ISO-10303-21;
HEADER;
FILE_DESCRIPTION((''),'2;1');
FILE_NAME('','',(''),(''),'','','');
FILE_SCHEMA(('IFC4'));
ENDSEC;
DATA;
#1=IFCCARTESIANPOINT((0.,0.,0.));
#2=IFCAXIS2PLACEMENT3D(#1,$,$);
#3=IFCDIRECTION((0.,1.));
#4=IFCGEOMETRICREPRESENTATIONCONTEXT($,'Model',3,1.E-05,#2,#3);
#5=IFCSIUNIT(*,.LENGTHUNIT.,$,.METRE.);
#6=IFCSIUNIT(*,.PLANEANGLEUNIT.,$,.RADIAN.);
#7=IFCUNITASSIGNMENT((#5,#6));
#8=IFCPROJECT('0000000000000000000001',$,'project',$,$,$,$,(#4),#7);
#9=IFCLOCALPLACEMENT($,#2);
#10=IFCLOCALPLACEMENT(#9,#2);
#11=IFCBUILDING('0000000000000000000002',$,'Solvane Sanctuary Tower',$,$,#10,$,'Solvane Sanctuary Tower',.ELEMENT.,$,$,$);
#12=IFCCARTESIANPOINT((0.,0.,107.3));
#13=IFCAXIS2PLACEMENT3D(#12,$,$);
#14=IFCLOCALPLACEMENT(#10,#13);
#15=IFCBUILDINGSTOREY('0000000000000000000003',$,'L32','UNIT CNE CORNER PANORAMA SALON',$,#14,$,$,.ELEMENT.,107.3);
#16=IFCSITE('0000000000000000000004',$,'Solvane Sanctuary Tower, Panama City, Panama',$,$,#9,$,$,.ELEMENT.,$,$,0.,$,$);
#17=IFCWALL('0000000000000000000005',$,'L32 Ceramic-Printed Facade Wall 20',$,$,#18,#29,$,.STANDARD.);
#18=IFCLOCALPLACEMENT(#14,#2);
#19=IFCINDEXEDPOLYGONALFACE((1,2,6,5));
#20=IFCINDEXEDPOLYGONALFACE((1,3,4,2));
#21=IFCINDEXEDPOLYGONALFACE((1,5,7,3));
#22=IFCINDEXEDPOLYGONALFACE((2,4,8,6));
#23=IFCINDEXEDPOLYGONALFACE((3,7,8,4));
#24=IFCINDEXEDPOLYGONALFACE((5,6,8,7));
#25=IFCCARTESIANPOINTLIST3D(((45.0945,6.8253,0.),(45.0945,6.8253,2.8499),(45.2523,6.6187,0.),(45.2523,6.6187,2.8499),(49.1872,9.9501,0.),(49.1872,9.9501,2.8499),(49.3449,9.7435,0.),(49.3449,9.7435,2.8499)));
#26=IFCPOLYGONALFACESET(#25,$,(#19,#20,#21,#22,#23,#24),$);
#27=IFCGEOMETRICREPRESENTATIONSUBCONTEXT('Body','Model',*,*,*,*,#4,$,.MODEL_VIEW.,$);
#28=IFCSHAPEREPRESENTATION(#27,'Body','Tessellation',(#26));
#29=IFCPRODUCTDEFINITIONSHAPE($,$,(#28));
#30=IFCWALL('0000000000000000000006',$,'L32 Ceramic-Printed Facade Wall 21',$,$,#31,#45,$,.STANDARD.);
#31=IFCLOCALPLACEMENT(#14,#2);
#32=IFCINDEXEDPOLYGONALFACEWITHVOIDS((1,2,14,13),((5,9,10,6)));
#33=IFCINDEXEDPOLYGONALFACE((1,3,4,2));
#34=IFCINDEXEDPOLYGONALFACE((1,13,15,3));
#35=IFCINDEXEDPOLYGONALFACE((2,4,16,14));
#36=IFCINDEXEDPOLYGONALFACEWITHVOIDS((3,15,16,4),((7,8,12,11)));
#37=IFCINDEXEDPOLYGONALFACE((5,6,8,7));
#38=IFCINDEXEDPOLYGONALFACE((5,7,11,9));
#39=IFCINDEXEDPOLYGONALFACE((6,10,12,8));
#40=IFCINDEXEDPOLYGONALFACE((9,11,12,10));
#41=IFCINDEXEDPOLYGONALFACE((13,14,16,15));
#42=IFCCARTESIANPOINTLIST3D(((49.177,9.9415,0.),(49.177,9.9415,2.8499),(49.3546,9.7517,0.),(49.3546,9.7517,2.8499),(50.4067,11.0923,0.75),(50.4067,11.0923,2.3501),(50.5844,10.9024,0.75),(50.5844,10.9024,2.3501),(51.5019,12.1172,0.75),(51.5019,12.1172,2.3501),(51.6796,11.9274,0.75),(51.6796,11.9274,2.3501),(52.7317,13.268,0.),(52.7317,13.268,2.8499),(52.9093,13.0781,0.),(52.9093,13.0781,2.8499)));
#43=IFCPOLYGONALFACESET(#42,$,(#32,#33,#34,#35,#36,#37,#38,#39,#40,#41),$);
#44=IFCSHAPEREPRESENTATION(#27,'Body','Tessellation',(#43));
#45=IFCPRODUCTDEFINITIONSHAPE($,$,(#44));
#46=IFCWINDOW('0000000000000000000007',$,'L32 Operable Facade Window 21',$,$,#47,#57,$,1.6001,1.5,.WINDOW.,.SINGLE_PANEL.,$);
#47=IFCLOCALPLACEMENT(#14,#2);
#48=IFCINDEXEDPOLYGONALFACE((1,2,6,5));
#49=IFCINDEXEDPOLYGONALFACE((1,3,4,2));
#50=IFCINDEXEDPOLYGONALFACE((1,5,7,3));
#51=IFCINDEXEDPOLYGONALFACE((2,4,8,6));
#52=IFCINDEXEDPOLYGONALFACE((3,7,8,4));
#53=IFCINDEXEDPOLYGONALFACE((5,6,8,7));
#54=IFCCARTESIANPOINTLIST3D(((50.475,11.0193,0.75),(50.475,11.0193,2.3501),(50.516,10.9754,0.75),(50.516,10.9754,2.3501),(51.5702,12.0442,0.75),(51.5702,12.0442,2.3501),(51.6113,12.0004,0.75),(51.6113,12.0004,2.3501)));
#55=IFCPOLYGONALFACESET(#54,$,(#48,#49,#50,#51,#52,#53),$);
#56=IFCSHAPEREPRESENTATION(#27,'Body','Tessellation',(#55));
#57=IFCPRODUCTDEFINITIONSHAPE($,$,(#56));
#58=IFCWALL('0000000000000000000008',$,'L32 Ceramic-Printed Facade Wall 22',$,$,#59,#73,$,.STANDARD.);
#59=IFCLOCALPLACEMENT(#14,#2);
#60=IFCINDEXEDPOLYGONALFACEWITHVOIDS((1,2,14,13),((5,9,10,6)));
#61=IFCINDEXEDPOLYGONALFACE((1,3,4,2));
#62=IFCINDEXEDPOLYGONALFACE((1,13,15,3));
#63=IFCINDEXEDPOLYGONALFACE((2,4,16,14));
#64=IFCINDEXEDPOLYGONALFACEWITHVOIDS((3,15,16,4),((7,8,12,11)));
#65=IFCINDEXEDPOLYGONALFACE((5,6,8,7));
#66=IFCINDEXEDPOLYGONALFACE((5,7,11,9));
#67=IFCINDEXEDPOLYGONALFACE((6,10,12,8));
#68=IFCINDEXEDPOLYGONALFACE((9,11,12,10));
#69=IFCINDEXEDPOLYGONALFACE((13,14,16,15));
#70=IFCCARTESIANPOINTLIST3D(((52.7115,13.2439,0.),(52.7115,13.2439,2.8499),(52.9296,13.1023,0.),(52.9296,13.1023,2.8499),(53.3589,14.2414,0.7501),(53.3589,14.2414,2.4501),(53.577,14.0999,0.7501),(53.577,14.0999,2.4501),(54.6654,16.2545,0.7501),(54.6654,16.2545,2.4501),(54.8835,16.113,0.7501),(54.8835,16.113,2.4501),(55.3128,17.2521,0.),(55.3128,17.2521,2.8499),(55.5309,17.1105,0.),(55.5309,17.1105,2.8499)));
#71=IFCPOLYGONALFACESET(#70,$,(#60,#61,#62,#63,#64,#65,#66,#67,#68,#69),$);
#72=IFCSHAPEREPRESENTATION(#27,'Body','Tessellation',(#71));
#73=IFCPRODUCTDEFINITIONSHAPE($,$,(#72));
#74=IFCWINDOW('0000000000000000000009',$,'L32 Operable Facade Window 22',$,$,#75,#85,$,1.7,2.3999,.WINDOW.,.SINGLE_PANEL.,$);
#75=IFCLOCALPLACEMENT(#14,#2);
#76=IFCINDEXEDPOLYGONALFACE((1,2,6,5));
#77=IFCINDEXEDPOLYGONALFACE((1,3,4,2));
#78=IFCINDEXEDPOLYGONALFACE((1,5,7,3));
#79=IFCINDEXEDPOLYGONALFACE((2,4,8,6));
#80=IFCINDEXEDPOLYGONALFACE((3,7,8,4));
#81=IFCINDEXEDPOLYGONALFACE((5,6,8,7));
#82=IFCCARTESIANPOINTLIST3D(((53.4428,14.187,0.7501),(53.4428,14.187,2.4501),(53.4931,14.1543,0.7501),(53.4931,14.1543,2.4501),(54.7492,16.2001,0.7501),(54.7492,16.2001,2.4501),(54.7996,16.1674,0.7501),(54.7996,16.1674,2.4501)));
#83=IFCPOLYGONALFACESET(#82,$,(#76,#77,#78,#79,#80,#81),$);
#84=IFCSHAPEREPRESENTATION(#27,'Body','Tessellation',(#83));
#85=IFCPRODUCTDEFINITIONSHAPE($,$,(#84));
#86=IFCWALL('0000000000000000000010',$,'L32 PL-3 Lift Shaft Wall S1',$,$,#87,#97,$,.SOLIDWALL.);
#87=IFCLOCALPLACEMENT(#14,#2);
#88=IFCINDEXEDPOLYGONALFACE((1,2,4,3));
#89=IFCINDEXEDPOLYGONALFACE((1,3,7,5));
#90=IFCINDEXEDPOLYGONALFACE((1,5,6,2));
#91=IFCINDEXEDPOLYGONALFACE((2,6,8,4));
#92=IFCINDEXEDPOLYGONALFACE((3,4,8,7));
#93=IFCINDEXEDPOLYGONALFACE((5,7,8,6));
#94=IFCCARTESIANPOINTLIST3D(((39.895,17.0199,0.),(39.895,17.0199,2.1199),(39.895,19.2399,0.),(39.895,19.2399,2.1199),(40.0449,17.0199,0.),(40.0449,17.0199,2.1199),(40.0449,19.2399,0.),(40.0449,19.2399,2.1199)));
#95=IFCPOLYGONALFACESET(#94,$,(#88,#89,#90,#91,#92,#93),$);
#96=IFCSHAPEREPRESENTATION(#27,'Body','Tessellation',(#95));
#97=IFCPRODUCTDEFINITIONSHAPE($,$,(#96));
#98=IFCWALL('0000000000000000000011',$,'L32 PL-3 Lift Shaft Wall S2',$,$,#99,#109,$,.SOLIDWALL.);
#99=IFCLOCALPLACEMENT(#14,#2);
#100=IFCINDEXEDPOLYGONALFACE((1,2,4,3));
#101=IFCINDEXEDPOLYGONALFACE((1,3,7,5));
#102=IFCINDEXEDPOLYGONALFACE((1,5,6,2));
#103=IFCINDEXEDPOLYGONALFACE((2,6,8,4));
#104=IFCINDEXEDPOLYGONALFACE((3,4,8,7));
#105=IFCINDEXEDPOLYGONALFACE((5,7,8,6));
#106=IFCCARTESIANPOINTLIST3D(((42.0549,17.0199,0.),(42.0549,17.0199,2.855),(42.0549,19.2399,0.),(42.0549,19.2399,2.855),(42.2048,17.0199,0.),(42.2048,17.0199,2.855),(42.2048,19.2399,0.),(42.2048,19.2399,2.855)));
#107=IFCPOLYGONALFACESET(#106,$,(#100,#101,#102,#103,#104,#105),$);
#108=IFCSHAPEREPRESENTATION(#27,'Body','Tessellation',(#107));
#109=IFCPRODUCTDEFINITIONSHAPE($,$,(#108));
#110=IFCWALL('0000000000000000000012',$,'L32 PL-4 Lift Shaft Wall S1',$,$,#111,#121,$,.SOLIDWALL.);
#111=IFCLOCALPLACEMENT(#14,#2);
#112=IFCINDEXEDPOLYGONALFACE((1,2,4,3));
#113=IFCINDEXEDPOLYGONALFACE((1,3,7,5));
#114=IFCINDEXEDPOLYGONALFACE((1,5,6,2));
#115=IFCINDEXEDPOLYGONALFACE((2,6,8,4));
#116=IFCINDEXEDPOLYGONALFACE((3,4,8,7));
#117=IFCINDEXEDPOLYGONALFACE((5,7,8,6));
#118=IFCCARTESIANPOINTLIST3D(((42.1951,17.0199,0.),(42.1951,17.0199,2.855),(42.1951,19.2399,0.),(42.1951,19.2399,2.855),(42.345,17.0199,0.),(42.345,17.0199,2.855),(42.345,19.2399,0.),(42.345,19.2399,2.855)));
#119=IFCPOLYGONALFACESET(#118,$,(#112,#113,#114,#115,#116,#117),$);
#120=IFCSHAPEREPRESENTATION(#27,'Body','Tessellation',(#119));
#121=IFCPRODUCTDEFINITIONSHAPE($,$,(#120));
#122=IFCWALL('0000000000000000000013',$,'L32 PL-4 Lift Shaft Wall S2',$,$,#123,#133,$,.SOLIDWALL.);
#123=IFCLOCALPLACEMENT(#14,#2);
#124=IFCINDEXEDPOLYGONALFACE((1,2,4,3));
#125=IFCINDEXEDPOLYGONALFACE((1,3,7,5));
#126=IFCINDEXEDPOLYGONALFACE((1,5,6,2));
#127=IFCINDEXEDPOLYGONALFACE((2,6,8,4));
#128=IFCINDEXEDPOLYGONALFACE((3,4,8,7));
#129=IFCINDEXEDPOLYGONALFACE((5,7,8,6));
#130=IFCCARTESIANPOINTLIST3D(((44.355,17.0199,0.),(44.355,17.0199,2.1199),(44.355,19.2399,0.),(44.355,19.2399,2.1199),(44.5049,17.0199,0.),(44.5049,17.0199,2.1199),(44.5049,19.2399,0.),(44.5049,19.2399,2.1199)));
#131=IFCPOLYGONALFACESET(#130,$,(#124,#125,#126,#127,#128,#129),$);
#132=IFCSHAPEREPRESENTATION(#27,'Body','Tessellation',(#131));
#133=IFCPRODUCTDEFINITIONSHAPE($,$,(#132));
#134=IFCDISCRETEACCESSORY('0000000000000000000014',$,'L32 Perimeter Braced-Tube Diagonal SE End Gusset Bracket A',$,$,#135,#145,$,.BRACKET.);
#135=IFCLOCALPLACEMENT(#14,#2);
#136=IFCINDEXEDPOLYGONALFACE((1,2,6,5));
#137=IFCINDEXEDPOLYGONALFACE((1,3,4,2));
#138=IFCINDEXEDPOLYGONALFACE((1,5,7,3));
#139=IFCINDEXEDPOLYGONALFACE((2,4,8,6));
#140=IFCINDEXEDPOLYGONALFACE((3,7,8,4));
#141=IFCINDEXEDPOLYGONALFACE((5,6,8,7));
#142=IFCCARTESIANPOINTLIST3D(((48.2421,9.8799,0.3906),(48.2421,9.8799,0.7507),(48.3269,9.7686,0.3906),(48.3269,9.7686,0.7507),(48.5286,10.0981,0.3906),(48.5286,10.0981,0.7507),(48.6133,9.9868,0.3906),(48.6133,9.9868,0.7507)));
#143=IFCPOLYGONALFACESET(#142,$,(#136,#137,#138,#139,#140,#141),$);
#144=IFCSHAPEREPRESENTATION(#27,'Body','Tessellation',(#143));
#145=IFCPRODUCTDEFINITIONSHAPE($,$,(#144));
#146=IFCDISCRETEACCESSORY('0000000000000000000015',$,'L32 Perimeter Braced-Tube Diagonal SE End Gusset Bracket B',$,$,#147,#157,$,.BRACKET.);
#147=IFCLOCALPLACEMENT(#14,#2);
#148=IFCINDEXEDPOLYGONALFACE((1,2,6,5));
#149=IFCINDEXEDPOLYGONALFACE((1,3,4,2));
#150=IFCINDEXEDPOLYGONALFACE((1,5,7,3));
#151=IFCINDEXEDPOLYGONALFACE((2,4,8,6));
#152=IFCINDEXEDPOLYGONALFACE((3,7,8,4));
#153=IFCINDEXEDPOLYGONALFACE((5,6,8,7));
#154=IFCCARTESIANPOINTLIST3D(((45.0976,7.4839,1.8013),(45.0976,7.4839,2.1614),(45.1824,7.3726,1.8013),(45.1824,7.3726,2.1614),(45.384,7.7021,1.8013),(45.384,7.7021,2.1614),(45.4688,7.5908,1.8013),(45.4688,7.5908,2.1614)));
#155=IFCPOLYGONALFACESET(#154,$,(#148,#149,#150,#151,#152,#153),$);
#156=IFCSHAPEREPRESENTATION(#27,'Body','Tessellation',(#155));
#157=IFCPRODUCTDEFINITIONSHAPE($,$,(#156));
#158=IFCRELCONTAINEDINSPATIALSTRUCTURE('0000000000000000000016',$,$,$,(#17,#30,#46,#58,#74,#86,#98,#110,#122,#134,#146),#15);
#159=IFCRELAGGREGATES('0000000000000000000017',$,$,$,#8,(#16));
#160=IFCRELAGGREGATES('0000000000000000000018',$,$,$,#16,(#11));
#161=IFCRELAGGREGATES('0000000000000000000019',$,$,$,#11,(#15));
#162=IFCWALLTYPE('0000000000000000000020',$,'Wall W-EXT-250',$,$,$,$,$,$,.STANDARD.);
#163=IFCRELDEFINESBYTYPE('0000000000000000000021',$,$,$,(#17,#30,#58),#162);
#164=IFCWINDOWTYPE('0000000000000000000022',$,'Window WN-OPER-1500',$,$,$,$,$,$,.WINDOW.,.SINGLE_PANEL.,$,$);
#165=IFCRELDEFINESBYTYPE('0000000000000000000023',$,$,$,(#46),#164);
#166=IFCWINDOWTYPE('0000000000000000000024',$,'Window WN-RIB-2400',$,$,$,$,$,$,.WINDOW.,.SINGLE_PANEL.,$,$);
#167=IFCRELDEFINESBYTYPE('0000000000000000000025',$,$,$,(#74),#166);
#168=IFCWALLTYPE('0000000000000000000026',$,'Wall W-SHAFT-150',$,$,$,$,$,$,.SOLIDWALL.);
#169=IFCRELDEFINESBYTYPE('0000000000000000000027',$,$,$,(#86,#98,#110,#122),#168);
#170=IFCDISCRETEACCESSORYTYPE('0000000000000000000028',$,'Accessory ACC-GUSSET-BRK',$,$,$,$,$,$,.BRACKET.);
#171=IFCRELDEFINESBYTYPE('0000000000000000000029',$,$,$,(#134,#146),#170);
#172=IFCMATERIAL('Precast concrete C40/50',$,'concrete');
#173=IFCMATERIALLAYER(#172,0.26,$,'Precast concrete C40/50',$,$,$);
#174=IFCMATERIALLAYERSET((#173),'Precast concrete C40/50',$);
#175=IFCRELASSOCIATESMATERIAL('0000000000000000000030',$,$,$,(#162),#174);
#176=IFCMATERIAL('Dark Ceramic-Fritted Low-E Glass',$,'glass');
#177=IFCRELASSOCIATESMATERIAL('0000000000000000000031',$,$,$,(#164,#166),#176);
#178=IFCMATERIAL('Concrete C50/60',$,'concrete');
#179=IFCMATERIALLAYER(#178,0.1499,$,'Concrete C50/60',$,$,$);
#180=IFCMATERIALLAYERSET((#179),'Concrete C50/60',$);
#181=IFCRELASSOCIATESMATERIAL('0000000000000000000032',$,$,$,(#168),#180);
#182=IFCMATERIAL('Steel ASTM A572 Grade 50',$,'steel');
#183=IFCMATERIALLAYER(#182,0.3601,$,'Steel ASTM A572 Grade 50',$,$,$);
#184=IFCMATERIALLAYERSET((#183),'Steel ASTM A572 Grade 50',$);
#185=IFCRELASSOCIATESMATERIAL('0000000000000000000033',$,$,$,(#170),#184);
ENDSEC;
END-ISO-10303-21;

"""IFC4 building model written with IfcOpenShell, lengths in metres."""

from ifc_helpers import new_model, si_unit, direction, frame, frame_2d, origin, origin_2d, place, context, subcontext, project, spatial, rectangle, extrude, material, layer, layer_set, type_object, element, fill, save


model = new_model("IFC4")

# Units and contexts
model_context = context("Model", 3, precision=1e-05, world=origin(), true_north=direction((0.0, 1.0)))
body_context = subcontext(model_context, "Body", "Model", "MODEL_VIEW")
ifc_project = project(units=[si_unit("LENGTHUNIT", "METRE"), si_unit("PLANEANGLEUNIT", "RADIAN")], contexts=[model_context])

# Site, building, storey
site_placement = place(None, origin())
site = spatial("IfcSite", under=ifc_project, at=site_placement, Name="Solvane Sanctuary Tower, Panama City, Panama", CompositionType="ELEMENT", RefElevation=0.0)
building_placement = place(site_placement, origin())
building = spatial("IfcBuilding", under=site, at=building_placement, Name="Solvane Sanctuary Tower", LongName="Solvane Sanctuary Tower", CompositionType="ELEMENT")
storey_placement = place(building_placement, frame((0.0, 0.0, 107.3)))
storey = spatial("IfcBuildingStorey", under=building, at=storey_placement, Name="L32", Description="UNIT CNE CORNER PANORAMA SALON", CompositionType="ELEMENT", Elevation=107.3)

# Wall
ifc_material_1 = material(Name="Precast concrete C40/50", Category="concrete")
ifc_layer_1 = layer(ifc_material_1, 0.26, Name="Precast concrete C40/50")
ifc_layer_set_1 = layer_set([ifc_layer_1], Name="Precast concrete C40/50")
wall_type_1 = type_object("IfcWallType", Name="Wall W-EXT-250", PredefinedType="STANDARD", material=ifc_layer_set_1)
wall_1_placement = place(storey_placement, frame((45.1733, 6.7219, 0.0), z_axis=(0.0, 0.0, 1.0), x_axis=(0.79481, 0.606859, 0.0)))
element("IfcWall", 1, at=wall_1_placement, inside=storey, type_object=wall_type_1, Name="L32 Ceramic-Printed Facade Wall 20", PredefinedType="STANDARD", context=body_context, shape_type="SweptSolid", body=[
    extrude(rectangle(XDim=5.1492, YDim=0.26, at=frame_2d((2.5747, 0.0))), origin(), (0.0, 0.0, 1.0), 2.8499),
])

# Walls, openings, windows
wall_2_placement = place(storey_placement, frame((49.2659, 9.8467, 0.0), z_axis=(0.0, 0.0, 1.0), x_axis=(0.730162, 0.683274, 0.0)))
wall_2 = element("IfcWall", 2, at=wall_2_placement, inside=storey, type_object=wall_type_1, Name="L32 Ceramic-Printed Facade Wall 21", PredefinedType="STANDARD", context=body_context, shape_type="SweptSolid", body=[
    extrude(rectangle(XDim=4.8684, YDim=0.26, at=frame_2d((2.4341, 0.0))), origin(), (0.0, 0.0, 1.0), 2.8499),
])
opening_1_placement = place(wall_2_placement, frame((1.6841, 0.0, 0.75)))
opening_1 = element("IfcOpeningElement", 3, at=opening_1_placement, cuts=wall_2, PredefinedType="OPENING", context=body_context, shape_type="SweptSolid", body=[
    extrude(rectangle(XDim=1.5, YDim=1.6001, at=frame_2d((0.75, 0.8))), frame((0.0, 0.1399, 0.0), z_axis=(0.0, -1.0, 0.0), x_axis=(1.0, 0.0, 0.0)), (0.0, 0.0, 1.0), 0.28),
])
ifc_material_2 = material(Name="Dark Ceramic-Fritted Low-E Glass", Category="glass")
window_type_1 = type_object("IfcWindowType", Name="Window WN-OPER-1500", PartitioningType="SINGLE_PANEL", PredefinedType="WINDOW", material=ifc_material_2)
window_1_placement = place(opening_1_placement, origin())
window_1 = element("IfcWindow", 4, at=window_1_placement, inside=storey, type_object=window_type_1, Name="L32 Operable Facade Window 21", OverallHeight=1.6001, OverallWidth=1.5, PartitioningType="SINGLE_PANEL", PredefinedType="WINDOW", context=body_context, shape_type="SweptSolid", body=[
    extrude(rectangle(XDim=1.5, YDim=1.6001, at=frame_2d((0.75, 0.8))), frame((0.0, 0.03, 0.0), z_axis=(0.0, -1.0, 0.0), x_axis=(1.0, 0.0, 0.0)), (0.0, 0.0, 1.0), 0.0601),
])
fill(opening_1, window_1)
wall_3_placement = place(storey_placement, frame((52.8206, 13.1731, 0.0), z_axis=(0.0, 0.0, 1.0), x_axis=(0.544388, 0.838833, 0.0)))
wall_3 = element("IfcWall", 5, at=wall_3_placement, inside=storey, type_object=wall_type_1, Name="L32 Ceramic-Printed Facade Wall 22", PredefinedType="STANDARD", context=body_context, shape_type="SweptSolid", body=[
    extrude(rectangle(XDim=4.7783, YDim=0.26, at=frame_2d((2.3892, 0.0))), origin(), (0.0, 0.0, 1.0), 2.8499),
])
opening_2_placement = place(wall_3_placement, frame((1.1892, 0.0, 0.75)))
opening_2 = element("IfcOpeningElement", 6, at=opening_2_placement, cuts=wall_3, PredefinedType="OPENING", context=body_context, shape_type="SweptSolid", body=[
    extrude(rectangle(XDim=2.3999, YDim=1.7, at=frame_2d((1.2, 0.8501))), frame((0.0, 0.1399, 0.0), z_axis=(0.0, -1.0, 0.0), x_axis=(1.0, 0.0, 0.0)), (0.0, 0.0, 1.0), 0.28),
])
window_type_2 = type_object("IfcWindowType", Name="Window WN-RIB-2400", PartitioningType="SINGLE_PANEL", PredefinedType="WINDOW", material=ifc_material_2)
window_2_placement = place(opening_2_placement, origin())
window_2 = element("IfcWindow", 7, at=window_2_placement, inside=storey, type_object=window_type_2, Name="L32 Operable Facade Window 22", OverallHeight=1.7, OverallWidth=2.3999, PartitioningType="SINGLE_PANEL", PredefinedType="WINDOW", context=body_context, shape_type="SweptSolid", body=[
    extrude(rectangle(XDim=2.3999, YDim=1.7, at=frame_2d((1.2, 0.8501))), frame((0.0, 0.03, 0.0), z_axis=(0.0, -1.0, 0.0), x_axis=(1.0, 0.0, 0.0)), (0.0, 0.0, 1.0), 0.0601),
])
fill(opening_2, window_2)

# Walls
ifc_material_3 = material(Name="Concrete C50/60", Category="concrete")
ifc_layer_2 = layer(ifc_material_3, 0.1499, Name="Concrete C50/60")
ifc_layer_set_2 = layer_set([ifc_layer_2], Name="Concrete C50/60")
wall_type_2 = type_object("IfcWallType", Name="Wall W-SHAFT-150", PredefinedType="SOLIDWALL", material=ifc_layer_set_2)
wall_4_placement = place(storey_placement, frame((39.97, 17.02, 0.0), z_axis=(0.0, 0.0, 1.0), x_axis=(0.0, 1.0, 0.0)))
element("IfcWall", 8, at=wall_4_placement, inside=storey, type_object=wall_type_2, Name="L32 PL-3 Lift Shaft Wall S1", PredefinedType="SOLIDWALL", context=body_context, shape_type="SweptSolid", body=[
    extrude(rectangle(XDim=2.22, YDim=0.1499, at=frame_2d((1.1099, 0.0))), origin(), (0.0, 0.0, 1.0), 2.1199),
])
for number, where, z_axis, x_axis, name in (
    (9, (42.1299, 17.02, 0.0), (0.0, 0.0, 1.0), (0.0, 1.0, 0.0), "L32 PL-3 Lift Shaft Wall S2"),
    (10, (42.27, 17.02, 0.0), (0.0, 0.0, 1.0), (0.0, 1.0, 0.0), "L32 PL-4 Lift Shaft Wall S1"),
):
    element("IfcWall", number, at=place(storey_placement, frame(where, z_axis=z_axis, x_axis=x_axis)), inside=storey, type_object=wall_type_2, Name=name, PredefinedType="SOLIDWALL", context=body_context, shape_type="SweptSolid", body=[
        extrude(rectangle(XDim=2.22, YDim=0.1499, at=frame_2d((1.1099, 0.0))), origin(), (0.0, 0.0, 1.0), 2.855),
    ])
wall_5_placement = place(storey_placement, frame((44.4299, 17.02, 0.0), z_axis=(0.0, 0.0, 1.0), x_axis=(0.0, 1.0, 0.0)))
element("IfcWall", 11, at=wall_5_placement, inside=storey, type_object=wall_type_2, Name="L32 PL-4 Lift Shaft Wall S2", PredefinedType="SOLIDWALL", context=body_context, shape_type="SweptSolid", body=[
    extrude(rectangle(XDim=2.22, YDim=0.1499, at=frame_2d((1.1099, 0.0))), origin(), (0.0, 0.0, 1.0), 2.1199),
])

# Discrete accessories
ifc_material_4 = material(Name="Steel ASTM A572 Grade 50", Category="steel")
ifc_layer_3 = layer(ifc_material_4, 0.3601, Name="Steel ASTM A572 Grade 50")
ifc_layer_set_3 = layer_set([ifc_layer_3], Name="Steel ASTM A572 Grade 50")
discrete_accessory_type = type_object("IfcDiscreteAccessoryType", Name="Accessory ACC-GUSSET-BRK", PredefinedType="BRACKET", material=ifc_layer_set_3)
for number, where, z_axis, x_axis, name in (
    (12, (48.4277, 9.9333, 0.3906), (0.0, 0.0, 1.0), (-0.795473, -0.605988, 0.0), "L32 Perimeter Braced-Tube Diagonal SE End Gusset Bracket A"),
    (13, (45.2832, 7.5374, 1.8013), (0.0, 0.0, 1.0), (-0.795473, -0.605988, 0.0), "L32 Perimeter Braced-Tube Diagonal SE End Gusset Bracket B"),
):
    element("IfcDiscreteAccessory", number, at=place(storey_placement, frame(where, z_axis=z_axis, x_axis=x_axis)), inside=storey, type_object=discrete_accessory_type, Name=name, PredefinedType="BRACKET", context=body_context, shape_type="SweptSolid", body=[
        extrude(rectangle(XDim=0.3601, YDim=0.1399, at=origin_2d()), origin(), (0.0, 0.0, 1.0), 0.3601),
    ])

save(model, "model.ifc")
